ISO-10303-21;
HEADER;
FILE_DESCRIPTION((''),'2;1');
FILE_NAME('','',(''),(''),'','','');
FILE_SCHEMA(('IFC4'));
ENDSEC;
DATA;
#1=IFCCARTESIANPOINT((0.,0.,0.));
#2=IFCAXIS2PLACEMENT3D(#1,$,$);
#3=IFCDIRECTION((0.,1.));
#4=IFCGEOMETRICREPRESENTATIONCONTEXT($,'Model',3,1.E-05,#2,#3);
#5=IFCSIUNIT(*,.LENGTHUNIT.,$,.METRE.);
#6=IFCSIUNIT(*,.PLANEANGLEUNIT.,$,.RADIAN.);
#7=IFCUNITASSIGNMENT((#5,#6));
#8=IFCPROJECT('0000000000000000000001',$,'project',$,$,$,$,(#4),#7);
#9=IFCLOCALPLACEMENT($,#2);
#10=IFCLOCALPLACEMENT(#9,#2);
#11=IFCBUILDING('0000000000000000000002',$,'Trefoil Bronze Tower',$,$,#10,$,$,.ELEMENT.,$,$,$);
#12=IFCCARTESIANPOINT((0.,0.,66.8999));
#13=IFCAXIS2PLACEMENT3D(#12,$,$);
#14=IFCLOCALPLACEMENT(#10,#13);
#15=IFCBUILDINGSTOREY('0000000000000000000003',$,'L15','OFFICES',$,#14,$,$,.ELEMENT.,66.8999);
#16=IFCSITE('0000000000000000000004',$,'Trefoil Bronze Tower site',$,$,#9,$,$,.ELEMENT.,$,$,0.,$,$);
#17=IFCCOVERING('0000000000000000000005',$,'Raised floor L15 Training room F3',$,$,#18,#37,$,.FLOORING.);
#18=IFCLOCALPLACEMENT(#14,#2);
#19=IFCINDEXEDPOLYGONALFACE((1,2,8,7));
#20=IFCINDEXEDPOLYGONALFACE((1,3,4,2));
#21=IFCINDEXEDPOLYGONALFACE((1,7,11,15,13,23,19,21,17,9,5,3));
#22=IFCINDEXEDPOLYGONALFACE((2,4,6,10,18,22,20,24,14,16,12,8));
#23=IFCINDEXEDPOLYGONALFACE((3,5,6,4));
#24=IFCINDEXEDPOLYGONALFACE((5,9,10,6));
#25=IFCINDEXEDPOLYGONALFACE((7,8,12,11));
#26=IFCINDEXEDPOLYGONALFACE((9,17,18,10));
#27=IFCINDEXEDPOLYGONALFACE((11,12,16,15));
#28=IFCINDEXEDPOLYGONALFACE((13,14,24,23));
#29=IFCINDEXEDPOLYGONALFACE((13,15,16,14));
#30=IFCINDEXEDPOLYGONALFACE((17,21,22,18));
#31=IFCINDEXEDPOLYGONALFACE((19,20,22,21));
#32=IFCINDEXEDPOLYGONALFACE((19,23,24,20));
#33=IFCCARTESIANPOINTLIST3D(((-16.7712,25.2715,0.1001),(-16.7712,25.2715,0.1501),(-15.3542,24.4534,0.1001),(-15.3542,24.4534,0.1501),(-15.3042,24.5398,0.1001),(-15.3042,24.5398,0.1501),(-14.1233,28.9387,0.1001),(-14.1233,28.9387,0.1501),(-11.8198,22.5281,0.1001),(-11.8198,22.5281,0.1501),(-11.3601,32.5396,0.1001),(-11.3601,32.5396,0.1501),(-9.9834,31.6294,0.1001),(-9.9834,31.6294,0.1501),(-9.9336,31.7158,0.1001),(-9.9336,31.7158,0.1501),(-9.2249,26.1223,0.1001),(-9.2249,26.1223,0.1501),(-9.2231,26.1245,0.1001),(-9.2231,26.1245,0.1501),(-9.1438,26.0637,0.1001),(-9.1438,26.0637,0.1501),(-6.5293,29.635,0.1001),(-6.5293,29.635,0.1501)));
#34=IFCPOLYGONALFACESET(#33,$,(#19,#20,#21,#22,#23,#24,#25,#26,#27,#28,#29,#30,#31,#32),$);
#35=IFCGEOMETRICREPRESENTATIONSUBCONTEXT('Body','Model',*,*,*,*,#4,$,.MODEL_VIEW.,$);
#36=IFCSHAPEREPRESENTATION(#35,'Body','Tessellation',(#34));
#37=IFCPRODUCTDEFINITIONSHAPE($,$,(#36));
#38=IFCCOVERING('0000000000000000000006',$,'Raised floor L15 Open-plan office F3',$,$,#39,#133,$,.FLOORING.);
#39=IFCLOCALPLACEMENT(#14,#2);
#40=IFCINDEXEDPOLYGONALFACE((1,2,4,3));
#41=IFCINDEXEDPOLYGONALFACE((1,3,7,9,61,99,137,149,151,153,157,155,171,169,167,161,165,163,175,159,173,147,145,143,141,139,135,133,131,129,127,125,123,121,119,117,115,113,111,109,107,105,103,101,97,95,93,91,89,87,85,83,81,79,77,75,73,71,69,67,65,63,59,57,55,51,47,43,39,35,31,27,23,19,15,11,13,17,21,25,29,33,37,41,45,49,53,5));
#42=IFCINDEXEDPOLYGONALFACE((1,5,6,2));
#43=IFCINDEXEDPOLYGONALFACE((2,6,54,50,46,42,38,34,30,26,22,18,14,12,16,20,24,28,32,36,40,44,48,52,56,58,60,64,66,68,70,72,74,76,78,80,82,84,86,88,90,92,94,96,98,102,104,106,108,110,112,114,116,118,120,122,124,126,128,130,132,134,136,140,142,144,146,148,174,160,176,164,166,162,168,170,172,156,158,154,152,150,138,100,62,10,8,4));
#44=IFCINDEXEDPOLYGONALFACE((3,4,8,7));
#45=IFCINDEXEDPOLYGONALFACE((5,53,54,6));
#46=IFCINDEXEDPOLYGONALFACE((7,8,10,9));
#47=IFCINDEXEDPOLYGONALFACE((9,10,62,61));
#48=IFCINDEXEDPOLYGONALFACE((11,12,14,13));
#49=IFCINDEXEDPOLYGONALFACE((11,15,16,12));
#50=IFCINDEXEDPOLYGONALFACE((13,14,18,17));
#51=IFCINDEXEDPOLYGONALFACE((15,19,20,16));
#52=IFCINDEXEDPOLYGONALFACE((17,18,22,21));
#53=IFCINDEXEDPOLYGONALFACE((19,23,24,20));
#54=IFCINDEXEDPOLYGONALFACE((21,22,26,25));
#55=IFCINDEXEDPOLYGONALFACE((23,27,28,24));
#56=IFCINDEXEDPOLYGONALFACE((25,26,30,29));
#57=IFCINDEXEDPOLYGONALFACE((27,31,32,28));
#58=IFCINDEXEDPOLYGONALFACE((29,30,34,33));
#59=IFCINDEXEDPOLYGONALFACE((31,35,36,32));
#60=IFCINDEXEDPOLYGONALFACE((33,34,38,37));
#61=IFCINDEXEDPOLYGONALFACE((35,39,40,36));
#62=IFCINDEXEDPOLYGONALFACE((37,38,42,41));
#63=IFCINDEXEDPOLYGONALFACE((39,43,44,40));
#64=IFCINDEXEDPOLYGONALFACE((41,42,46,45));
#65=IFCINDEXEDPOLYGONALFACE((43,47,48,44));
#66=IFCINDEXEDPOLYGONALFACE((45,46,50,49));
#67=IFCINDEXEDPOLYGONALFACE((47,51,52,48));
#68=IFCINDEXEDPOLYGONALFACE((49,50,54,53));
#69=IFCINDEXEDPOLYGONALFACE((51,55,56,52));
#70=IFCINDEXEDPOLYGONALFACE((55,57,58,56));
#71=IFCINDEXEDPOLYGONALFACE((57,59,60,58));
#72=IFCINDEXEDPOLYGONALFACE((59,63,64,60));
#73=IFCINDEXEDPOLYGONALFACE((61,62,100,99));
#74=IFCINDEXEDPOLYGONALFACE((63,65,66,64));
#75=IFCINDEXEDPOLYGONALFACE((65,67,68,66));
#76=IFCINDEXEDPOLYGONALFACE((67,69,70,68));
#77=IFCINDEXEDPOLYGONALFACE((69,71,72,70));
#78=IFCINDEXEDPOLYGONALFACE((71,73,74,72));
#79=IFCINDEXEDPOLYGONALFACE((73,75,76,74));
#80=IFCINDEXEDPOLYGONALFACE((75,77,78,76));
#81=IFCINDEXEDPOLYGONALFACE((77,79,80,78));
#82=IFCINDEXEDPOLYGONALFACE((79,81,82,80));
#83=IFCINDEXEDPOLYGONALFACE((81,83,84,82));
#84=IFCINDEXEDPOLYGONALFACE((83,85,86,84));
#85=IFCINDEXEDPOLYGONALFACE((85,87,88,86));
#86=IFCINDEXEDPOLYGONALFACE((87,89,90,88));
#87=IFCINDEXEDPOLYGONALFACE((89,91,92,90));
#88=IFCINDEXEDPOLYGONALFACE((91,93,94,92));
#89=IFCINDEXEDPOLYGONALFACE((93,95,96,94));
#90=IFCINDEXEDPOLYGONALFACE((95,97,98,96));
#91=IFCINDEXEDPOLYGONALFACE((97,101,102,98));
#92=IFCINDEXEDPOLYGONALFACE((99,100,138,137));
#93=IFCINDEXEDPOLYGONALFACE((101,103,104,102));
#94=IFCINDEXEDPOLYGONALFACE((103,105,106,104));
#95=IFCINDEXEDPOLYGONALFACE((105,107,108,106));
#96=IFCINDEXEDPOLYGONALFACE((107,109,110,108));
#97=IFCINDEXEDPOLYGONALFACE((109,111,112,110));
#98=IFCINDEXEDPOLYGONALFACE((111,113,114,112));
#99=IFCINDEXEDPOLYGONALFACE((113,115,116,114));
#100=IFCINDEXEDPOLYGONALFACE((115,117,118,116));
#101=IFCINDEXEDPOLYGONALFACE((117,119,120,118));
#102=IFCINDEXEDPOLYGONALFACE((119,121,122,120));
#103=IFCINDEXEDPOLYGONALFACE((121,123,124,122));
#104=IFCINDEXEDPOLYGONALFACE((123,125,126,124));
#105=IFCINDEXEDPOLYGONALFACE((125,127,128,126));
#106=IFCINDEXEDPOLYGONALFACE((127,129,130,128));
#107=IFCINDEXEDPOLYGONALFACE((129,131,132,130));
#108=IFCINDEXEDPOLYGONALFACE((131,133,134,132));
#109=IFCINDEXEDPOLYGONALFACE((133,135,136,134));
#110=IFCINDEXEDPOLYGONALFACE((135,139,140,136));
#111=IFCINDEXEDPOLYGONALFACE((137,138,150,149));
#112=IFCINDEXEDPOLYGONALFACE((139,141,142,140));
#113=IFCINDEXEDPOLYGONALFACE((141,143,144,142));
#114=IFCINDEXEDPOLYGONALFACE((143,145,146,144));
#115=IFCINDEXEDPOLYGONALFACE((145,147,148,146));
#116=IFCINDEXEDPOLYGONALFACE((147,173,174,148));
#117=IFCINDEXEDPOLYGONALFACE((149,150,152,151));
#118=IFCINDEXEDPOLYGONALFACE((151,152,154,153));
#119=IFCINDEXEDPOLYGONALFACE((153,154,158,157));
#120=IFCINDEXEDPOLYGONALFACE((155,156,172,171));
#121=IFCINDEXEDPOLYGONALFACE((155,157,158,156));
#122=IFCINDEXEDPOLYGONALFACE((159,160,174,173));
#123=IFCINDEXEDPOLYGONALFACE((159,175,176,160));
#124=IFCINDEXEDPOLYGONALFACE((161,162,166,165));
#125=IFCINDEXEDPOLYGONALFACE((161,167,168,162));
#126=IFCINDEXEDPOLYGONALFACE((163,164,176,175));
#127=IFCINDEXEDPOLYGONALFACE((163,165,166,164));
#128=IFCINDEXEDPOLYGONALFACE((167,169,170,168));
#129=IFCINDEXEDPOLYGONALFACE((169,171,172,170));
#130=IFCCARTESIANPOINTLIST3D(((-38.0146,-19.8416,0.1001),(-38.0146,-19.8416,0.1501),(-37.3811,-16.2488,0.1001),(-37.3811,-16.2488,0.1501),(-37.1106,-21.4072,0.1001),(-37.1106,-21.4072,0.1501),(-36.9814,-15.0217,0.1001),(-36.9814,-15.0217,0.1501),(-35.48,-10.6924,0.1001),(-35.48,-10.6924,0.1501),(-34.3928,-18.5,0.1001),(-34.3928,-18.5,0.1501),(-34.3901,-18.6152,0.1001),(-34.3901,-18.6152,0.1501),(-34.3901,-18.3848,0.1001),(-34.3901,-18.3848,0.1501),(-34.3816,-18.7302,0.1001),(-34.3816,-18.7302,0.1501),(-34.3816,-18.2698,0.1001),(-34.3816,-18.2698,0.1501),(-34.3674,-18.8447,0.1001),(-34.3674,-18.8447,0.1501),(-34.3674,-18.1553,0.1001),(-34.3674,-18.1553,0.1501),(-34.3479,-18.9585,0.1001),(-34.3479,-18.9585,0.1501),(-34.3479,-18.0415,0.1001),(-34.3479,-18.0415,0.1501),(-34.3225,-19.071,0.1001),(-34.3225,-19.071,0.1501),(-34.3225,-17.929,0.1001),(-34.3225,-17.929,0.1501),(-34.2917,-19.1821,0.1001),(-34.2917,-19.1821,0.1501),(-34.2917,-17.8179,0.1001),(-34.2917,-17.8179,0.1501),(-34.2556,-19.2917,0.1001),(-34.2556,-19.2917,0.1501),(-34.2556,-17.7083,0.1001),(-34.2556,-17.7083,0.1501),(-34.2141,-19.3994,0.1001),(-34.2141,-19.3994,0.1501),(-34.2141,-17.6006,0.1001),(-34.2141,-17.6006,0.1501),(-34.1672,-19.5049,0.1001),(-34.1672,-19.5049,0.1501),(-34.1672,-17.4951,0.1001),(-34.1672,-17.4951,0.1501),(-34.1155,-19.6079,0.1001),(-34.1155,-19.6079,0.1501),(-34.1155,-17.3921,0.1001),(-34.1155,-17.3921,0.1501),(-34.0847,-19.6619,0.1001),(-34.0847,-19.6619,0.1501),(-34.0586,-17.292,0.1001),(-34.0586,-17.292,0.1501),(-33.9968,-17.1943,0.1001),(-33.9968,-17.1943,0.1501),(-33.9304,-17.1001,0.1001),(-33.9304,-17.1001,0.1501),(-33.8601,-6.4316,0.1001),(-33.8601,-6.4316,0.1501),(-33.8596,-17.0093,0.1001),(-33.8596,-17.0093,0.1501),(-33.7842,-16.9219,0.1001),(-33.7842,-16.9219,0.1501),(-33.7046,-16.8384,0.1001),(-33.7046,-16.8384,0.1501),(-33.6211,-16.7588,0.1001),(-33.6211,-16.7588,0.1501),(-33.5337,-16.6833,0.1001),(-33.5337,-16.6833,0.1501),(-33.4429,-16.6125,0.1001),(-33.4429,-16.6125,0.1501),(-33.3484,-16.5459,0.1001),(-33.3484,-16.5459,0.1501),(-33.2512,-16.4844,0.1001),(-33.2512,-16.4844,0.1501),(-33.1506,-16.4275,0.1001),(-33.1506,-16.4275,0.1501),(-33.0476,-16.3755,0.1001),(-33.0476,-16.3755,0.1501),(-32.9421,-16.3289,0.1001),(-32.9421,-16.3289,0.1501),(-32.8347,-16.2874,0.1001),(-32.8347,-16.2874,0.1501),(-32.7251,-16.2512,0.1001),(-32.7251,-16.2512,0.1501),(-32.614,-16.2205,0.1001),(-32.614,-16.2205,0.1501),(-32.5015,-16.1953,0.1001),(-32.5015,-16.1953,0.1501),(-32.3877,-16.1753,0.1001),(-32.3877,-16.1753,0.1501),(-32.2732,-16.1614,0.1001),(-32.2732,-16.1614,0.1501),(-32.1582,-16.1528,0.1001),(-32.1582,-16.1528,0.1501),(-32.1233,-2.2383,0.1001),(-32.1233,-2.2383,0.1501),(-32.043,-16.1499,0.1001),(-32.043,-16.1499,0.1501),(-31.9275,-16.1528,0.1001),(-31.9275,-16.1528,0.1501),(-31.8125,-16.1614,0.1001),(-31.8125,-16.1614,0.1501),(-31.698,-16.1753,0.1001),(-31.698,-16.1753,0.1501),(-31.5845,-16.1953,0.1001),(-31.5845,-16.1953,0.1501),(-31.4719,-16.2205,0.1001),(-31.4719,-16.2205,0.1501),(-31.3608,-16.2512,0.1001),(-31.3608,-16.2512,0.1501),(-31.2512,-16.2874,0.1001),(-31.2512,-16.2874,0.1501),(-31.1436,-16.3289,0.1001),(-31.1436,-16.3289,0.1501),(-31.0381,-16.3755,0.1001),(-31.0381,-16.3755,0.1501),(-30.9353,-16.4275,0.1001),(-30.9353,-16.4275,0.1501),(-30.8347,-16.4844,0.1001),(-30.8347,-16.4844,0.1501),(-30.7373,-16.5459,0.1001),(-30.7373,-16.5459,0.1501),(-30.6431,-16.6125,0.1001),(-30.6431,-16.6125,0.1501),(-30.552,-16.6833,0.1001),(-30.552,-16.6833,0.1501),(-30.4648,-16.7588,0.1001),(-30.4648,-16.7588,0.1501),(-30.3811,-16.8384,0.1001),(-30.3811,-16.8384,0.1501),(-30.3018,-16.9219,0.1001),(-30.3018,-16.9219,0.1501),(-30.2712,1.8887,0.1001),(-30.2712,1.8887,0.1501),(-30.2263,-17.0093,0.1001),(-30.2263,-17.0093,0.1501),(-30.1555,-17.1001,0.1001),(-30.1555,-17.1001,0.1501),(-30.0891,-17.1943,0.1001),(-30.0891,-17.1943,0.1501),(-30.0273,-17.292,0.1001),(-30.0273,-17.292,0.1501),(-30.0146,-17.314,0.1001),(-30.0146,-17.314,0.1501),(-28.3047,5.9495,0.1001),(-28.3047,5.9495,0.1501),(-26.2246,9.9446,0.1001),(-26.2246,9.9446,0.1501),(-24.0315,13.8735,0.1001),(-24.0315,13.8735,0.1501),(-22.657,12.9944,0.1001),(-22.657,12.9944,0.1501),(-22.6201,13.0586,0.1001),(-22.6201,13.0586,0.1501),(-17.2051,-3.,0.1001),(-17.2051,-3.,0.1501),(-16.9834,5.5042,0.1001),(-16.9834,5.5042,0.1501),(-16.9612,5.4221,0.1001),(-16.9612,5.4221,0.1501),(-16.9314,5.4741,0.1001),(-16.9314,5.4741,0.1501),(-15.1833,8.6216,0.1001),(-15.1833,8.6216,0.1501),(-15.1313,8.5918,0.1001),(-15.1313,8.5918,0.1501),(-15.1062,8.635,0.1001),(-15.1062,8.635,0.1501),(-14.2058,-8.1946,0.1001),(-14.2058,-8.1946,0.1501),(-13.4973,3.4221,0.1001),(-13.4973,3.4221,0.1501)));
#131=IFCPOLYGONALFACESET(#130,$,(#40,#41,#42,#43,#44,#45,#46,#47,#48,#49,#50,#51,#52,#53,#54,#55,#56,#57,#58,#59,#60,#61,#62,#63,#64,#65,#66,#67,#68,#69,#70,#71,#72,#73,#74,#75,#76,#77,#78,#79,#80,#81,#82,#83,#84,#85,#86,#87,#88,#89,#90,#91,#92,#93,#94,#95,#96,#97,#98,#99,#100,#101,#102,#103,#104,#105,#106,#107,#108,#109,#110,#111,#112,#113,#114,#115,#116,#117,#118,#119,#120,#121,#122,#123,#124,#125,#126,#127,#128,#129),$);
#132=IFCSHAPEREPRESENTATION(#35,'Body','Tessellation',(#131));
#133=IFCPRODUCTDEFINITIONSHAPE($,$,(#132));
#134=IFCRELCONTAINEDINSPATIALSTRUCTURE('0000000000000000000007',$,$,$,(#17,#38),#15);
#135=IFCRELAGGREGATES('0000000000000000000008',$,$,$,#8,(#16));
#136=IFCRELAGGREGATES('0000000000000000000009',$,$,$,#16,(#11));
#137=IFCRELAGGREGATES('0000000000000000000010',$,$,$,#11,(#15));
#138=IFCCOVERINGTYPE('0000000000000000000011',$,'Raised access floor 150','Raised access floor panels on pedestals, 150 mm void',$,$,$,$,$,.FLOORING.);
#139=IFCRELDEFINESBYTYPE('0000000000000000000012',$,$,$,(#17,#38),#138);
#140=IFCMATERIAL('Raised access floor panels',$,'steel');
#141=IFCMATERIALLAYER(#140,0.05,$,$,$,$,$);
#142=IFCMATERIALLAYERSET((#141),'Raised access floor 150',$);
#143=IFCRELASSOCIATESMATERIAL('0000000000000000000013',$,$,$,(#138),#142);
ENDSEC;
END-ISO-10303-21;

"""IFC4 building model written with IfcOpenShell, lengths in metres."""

from ifc_helpers import new_model, si_unit, direction, frame, origin, place, context, subcontext, project, spatial, polyline, outline, extrude, material, layer, layer_set, type_object, element, save


model = new_model("IFC4")

# Units and contexts
model_context = context("Model", 3, precision=1e-05, world=origin(), true_north=direction((0.0, 1.0)))
body_context = subcontext(model_context, "Body", "Model", "MODEL_VIEW")
ifc_project = project(units=[si_unit("LENGTHUNIT", "METRE"), si_unit("PLANEANGLEUNIT", "RADIAN")], contexts=[model_context])

# Site, building, storey
site_placement = place(None, origin())
site = spatial("IfcSite", under=ifc_project, at=site_placement, Name="Trefoil Bronze Tower site", CompositionType="ELEMENT", RefElevation=0.0)
building_placement = place(site_placement, origin())
building = spatial("IfcBuilding", under=site, at=building_placement, Name="Trefoil Bronze Tower", CompositionType="ELEMENT")
storey_placement = place(building_placement, frame((0.0, 0.0, 66.8999)))
storey = spatial("IfcBuildingStorey", under=building, at=storey_placement, Name="L15", Description="OFFICES", CompositionType="ELEMENT", Elevation=66.8999)

# Coverings
ifc_material_1 = material(Name="Raised access floor panels", Category="steel")
ifc_layer_1 = layer(ifc_material_1, 0.05)
ifc_layer_set_1 = layer_set([ifc_layer_1], Name="Raised access floor 150")
covering_type_1 = type_object("IfcCoveringType", Name="Raised access floor 150", Description="Raised access floor panels on pedestals, 150 mm void", PredefinedType="FLOORING", material=ifc_layer_set_1)
covering_1_placement = place(storey_placement, frame((0.0, 0.0, 0.1001)))
element("IfcCovering", 1, at=covering_1_placement, inside=storey, type_object=covering_type_1, Name="Raised floor L15 Training room F3", PredefinedType="FLOORING", context=body_context, shape_type="SweptSolid", body=[
    extrude(outline(polyline([(-14.1233, 28.9387), (-11.3601, 32.5396), (-9.9336, 31.7158), (-9.9834, 31.6294), (-6.5293, 29.635), (-9.2231, 26.1245), (-9.1438, 26.0637), (-9.2249, 26.1223), (-11.8198, 22.5281), (-15.3042, 24.5398), (-15.3542, 24.4534), (-16.7712, 25.2715), (-14.1233, 28.9387)])), origin(), (0.0, 0.0, 1.0), 0.05),
])
covering_2_placement = place(storey_placement, frame((0.0, 0.0, 0.1001)))
element("IfcCovering", 2, at=covering_2_placement, inside=storey, type_object=covering_type_1, Name="Raised floor L15 Open-plan office F3", PredefinedType="FLOORING", context=body_context, shape_type="SweptSolid", body=[
    extrude(outline(polyline([(-28.3047, 5.9495), (-26.2246, 9.9446), (-24.0315, 13.8735), (-22.6201, 13.0586), (-22.657, 12.9944), (-15.1062, 8.635), (-15.1313, 8.5918), (-15.1833, 8.6216), (-16.9834, 5.5042), (-16.9314, 5.4741), (-16.9612, 5.4221), (-13.4973, 3.4221), (-17.2051, -3.0), (-14.2058, -8.1946), (-30.0146, -17.314), (-30.0273, -17.292), (-30.0891, -17.1943), (-30.1555, -17.1001), (-30.2263, -17.0093), (-30.3018, -16.9219), (-30.3811, -16.8384), (-30.4648, -16.7588), (-30.552, -16.6833), (-30.6431, -16.6125), (-30.7373, -16.5459), (-30.8347, -16.4844), (-30.9353, -16.4275), (-31.0381, -16.3755), (-31.1436, -16.3289), (-31.2512, -16.2874), (-31.3608, -16.2512), (-31.4719, -16.2205), (-31.5845, -16.1953), (-31.698, -16.1753), (-31.8125, -16.1614), (-31.9275, -16.1528), (-32.043, -16.1499), (-32.1582, -16.1528), (-32.2732, -16.1614), (-32.3877, -16.1753), (-32.5015, -16.1953), (-32.614, -16.2205), (-32.7251, -16.2512), (-32.8347, -16.2874), (-32.9421, -16.3289), (-33.0476, -16.3755), (-33.1506, -16.4275), (-33.2512, -16.4844), (-33.3484, -16.5459), (-33.4429, -16.6125), (-33.5337, -16.6833), (-33.6211, -16.7588), (-33.7046, -16.8384), (-33.7842, -16.9219), (-33.8596, -17.0093), (-33.9304, -17.1001), (-33.9968, -17.1943), (-34.0586, -17.292), (-34.1155, -17.3921), (-34.1672, -17.4951), (-34.2141, -17.6006), (-34.2556, -17.7083), (-34.2917, -17.8179), (-34.3225, -17.929), (-34.3479, -18.0415), (-34.3674, -18.1553), (-34.3816, -18.2698), (-34.3901, -18.3848), (-34.3928, -18.5), (-34.3901, -18.6152), (-34.3816, -18.7302), (-34.3674, -18.8447), (-34.3479, -18.9585), (-34.3225, -19.071), (-34.2917, -19.1821), (-34.2556, -19.2917), (-34.2141, -19.3994), (-34.1672, -19.5049), (-34.1155, -19.6079), (-34.0847, -19.6619), (-37.1106, -21.4072), (-38.0146, -19.8416), (-37.3811, -16.2488), (-36.9814, -15.0217), (-35.48, -10.6924), (-33.8601, -6.4316), (-32.1233, -2.2383), (-30.2712, 1.8887), (-28.3047, 5.9495)])), origin(), (0.0, 0.0, 1.0), 0.05),
])

save(model, "model.ifc")
